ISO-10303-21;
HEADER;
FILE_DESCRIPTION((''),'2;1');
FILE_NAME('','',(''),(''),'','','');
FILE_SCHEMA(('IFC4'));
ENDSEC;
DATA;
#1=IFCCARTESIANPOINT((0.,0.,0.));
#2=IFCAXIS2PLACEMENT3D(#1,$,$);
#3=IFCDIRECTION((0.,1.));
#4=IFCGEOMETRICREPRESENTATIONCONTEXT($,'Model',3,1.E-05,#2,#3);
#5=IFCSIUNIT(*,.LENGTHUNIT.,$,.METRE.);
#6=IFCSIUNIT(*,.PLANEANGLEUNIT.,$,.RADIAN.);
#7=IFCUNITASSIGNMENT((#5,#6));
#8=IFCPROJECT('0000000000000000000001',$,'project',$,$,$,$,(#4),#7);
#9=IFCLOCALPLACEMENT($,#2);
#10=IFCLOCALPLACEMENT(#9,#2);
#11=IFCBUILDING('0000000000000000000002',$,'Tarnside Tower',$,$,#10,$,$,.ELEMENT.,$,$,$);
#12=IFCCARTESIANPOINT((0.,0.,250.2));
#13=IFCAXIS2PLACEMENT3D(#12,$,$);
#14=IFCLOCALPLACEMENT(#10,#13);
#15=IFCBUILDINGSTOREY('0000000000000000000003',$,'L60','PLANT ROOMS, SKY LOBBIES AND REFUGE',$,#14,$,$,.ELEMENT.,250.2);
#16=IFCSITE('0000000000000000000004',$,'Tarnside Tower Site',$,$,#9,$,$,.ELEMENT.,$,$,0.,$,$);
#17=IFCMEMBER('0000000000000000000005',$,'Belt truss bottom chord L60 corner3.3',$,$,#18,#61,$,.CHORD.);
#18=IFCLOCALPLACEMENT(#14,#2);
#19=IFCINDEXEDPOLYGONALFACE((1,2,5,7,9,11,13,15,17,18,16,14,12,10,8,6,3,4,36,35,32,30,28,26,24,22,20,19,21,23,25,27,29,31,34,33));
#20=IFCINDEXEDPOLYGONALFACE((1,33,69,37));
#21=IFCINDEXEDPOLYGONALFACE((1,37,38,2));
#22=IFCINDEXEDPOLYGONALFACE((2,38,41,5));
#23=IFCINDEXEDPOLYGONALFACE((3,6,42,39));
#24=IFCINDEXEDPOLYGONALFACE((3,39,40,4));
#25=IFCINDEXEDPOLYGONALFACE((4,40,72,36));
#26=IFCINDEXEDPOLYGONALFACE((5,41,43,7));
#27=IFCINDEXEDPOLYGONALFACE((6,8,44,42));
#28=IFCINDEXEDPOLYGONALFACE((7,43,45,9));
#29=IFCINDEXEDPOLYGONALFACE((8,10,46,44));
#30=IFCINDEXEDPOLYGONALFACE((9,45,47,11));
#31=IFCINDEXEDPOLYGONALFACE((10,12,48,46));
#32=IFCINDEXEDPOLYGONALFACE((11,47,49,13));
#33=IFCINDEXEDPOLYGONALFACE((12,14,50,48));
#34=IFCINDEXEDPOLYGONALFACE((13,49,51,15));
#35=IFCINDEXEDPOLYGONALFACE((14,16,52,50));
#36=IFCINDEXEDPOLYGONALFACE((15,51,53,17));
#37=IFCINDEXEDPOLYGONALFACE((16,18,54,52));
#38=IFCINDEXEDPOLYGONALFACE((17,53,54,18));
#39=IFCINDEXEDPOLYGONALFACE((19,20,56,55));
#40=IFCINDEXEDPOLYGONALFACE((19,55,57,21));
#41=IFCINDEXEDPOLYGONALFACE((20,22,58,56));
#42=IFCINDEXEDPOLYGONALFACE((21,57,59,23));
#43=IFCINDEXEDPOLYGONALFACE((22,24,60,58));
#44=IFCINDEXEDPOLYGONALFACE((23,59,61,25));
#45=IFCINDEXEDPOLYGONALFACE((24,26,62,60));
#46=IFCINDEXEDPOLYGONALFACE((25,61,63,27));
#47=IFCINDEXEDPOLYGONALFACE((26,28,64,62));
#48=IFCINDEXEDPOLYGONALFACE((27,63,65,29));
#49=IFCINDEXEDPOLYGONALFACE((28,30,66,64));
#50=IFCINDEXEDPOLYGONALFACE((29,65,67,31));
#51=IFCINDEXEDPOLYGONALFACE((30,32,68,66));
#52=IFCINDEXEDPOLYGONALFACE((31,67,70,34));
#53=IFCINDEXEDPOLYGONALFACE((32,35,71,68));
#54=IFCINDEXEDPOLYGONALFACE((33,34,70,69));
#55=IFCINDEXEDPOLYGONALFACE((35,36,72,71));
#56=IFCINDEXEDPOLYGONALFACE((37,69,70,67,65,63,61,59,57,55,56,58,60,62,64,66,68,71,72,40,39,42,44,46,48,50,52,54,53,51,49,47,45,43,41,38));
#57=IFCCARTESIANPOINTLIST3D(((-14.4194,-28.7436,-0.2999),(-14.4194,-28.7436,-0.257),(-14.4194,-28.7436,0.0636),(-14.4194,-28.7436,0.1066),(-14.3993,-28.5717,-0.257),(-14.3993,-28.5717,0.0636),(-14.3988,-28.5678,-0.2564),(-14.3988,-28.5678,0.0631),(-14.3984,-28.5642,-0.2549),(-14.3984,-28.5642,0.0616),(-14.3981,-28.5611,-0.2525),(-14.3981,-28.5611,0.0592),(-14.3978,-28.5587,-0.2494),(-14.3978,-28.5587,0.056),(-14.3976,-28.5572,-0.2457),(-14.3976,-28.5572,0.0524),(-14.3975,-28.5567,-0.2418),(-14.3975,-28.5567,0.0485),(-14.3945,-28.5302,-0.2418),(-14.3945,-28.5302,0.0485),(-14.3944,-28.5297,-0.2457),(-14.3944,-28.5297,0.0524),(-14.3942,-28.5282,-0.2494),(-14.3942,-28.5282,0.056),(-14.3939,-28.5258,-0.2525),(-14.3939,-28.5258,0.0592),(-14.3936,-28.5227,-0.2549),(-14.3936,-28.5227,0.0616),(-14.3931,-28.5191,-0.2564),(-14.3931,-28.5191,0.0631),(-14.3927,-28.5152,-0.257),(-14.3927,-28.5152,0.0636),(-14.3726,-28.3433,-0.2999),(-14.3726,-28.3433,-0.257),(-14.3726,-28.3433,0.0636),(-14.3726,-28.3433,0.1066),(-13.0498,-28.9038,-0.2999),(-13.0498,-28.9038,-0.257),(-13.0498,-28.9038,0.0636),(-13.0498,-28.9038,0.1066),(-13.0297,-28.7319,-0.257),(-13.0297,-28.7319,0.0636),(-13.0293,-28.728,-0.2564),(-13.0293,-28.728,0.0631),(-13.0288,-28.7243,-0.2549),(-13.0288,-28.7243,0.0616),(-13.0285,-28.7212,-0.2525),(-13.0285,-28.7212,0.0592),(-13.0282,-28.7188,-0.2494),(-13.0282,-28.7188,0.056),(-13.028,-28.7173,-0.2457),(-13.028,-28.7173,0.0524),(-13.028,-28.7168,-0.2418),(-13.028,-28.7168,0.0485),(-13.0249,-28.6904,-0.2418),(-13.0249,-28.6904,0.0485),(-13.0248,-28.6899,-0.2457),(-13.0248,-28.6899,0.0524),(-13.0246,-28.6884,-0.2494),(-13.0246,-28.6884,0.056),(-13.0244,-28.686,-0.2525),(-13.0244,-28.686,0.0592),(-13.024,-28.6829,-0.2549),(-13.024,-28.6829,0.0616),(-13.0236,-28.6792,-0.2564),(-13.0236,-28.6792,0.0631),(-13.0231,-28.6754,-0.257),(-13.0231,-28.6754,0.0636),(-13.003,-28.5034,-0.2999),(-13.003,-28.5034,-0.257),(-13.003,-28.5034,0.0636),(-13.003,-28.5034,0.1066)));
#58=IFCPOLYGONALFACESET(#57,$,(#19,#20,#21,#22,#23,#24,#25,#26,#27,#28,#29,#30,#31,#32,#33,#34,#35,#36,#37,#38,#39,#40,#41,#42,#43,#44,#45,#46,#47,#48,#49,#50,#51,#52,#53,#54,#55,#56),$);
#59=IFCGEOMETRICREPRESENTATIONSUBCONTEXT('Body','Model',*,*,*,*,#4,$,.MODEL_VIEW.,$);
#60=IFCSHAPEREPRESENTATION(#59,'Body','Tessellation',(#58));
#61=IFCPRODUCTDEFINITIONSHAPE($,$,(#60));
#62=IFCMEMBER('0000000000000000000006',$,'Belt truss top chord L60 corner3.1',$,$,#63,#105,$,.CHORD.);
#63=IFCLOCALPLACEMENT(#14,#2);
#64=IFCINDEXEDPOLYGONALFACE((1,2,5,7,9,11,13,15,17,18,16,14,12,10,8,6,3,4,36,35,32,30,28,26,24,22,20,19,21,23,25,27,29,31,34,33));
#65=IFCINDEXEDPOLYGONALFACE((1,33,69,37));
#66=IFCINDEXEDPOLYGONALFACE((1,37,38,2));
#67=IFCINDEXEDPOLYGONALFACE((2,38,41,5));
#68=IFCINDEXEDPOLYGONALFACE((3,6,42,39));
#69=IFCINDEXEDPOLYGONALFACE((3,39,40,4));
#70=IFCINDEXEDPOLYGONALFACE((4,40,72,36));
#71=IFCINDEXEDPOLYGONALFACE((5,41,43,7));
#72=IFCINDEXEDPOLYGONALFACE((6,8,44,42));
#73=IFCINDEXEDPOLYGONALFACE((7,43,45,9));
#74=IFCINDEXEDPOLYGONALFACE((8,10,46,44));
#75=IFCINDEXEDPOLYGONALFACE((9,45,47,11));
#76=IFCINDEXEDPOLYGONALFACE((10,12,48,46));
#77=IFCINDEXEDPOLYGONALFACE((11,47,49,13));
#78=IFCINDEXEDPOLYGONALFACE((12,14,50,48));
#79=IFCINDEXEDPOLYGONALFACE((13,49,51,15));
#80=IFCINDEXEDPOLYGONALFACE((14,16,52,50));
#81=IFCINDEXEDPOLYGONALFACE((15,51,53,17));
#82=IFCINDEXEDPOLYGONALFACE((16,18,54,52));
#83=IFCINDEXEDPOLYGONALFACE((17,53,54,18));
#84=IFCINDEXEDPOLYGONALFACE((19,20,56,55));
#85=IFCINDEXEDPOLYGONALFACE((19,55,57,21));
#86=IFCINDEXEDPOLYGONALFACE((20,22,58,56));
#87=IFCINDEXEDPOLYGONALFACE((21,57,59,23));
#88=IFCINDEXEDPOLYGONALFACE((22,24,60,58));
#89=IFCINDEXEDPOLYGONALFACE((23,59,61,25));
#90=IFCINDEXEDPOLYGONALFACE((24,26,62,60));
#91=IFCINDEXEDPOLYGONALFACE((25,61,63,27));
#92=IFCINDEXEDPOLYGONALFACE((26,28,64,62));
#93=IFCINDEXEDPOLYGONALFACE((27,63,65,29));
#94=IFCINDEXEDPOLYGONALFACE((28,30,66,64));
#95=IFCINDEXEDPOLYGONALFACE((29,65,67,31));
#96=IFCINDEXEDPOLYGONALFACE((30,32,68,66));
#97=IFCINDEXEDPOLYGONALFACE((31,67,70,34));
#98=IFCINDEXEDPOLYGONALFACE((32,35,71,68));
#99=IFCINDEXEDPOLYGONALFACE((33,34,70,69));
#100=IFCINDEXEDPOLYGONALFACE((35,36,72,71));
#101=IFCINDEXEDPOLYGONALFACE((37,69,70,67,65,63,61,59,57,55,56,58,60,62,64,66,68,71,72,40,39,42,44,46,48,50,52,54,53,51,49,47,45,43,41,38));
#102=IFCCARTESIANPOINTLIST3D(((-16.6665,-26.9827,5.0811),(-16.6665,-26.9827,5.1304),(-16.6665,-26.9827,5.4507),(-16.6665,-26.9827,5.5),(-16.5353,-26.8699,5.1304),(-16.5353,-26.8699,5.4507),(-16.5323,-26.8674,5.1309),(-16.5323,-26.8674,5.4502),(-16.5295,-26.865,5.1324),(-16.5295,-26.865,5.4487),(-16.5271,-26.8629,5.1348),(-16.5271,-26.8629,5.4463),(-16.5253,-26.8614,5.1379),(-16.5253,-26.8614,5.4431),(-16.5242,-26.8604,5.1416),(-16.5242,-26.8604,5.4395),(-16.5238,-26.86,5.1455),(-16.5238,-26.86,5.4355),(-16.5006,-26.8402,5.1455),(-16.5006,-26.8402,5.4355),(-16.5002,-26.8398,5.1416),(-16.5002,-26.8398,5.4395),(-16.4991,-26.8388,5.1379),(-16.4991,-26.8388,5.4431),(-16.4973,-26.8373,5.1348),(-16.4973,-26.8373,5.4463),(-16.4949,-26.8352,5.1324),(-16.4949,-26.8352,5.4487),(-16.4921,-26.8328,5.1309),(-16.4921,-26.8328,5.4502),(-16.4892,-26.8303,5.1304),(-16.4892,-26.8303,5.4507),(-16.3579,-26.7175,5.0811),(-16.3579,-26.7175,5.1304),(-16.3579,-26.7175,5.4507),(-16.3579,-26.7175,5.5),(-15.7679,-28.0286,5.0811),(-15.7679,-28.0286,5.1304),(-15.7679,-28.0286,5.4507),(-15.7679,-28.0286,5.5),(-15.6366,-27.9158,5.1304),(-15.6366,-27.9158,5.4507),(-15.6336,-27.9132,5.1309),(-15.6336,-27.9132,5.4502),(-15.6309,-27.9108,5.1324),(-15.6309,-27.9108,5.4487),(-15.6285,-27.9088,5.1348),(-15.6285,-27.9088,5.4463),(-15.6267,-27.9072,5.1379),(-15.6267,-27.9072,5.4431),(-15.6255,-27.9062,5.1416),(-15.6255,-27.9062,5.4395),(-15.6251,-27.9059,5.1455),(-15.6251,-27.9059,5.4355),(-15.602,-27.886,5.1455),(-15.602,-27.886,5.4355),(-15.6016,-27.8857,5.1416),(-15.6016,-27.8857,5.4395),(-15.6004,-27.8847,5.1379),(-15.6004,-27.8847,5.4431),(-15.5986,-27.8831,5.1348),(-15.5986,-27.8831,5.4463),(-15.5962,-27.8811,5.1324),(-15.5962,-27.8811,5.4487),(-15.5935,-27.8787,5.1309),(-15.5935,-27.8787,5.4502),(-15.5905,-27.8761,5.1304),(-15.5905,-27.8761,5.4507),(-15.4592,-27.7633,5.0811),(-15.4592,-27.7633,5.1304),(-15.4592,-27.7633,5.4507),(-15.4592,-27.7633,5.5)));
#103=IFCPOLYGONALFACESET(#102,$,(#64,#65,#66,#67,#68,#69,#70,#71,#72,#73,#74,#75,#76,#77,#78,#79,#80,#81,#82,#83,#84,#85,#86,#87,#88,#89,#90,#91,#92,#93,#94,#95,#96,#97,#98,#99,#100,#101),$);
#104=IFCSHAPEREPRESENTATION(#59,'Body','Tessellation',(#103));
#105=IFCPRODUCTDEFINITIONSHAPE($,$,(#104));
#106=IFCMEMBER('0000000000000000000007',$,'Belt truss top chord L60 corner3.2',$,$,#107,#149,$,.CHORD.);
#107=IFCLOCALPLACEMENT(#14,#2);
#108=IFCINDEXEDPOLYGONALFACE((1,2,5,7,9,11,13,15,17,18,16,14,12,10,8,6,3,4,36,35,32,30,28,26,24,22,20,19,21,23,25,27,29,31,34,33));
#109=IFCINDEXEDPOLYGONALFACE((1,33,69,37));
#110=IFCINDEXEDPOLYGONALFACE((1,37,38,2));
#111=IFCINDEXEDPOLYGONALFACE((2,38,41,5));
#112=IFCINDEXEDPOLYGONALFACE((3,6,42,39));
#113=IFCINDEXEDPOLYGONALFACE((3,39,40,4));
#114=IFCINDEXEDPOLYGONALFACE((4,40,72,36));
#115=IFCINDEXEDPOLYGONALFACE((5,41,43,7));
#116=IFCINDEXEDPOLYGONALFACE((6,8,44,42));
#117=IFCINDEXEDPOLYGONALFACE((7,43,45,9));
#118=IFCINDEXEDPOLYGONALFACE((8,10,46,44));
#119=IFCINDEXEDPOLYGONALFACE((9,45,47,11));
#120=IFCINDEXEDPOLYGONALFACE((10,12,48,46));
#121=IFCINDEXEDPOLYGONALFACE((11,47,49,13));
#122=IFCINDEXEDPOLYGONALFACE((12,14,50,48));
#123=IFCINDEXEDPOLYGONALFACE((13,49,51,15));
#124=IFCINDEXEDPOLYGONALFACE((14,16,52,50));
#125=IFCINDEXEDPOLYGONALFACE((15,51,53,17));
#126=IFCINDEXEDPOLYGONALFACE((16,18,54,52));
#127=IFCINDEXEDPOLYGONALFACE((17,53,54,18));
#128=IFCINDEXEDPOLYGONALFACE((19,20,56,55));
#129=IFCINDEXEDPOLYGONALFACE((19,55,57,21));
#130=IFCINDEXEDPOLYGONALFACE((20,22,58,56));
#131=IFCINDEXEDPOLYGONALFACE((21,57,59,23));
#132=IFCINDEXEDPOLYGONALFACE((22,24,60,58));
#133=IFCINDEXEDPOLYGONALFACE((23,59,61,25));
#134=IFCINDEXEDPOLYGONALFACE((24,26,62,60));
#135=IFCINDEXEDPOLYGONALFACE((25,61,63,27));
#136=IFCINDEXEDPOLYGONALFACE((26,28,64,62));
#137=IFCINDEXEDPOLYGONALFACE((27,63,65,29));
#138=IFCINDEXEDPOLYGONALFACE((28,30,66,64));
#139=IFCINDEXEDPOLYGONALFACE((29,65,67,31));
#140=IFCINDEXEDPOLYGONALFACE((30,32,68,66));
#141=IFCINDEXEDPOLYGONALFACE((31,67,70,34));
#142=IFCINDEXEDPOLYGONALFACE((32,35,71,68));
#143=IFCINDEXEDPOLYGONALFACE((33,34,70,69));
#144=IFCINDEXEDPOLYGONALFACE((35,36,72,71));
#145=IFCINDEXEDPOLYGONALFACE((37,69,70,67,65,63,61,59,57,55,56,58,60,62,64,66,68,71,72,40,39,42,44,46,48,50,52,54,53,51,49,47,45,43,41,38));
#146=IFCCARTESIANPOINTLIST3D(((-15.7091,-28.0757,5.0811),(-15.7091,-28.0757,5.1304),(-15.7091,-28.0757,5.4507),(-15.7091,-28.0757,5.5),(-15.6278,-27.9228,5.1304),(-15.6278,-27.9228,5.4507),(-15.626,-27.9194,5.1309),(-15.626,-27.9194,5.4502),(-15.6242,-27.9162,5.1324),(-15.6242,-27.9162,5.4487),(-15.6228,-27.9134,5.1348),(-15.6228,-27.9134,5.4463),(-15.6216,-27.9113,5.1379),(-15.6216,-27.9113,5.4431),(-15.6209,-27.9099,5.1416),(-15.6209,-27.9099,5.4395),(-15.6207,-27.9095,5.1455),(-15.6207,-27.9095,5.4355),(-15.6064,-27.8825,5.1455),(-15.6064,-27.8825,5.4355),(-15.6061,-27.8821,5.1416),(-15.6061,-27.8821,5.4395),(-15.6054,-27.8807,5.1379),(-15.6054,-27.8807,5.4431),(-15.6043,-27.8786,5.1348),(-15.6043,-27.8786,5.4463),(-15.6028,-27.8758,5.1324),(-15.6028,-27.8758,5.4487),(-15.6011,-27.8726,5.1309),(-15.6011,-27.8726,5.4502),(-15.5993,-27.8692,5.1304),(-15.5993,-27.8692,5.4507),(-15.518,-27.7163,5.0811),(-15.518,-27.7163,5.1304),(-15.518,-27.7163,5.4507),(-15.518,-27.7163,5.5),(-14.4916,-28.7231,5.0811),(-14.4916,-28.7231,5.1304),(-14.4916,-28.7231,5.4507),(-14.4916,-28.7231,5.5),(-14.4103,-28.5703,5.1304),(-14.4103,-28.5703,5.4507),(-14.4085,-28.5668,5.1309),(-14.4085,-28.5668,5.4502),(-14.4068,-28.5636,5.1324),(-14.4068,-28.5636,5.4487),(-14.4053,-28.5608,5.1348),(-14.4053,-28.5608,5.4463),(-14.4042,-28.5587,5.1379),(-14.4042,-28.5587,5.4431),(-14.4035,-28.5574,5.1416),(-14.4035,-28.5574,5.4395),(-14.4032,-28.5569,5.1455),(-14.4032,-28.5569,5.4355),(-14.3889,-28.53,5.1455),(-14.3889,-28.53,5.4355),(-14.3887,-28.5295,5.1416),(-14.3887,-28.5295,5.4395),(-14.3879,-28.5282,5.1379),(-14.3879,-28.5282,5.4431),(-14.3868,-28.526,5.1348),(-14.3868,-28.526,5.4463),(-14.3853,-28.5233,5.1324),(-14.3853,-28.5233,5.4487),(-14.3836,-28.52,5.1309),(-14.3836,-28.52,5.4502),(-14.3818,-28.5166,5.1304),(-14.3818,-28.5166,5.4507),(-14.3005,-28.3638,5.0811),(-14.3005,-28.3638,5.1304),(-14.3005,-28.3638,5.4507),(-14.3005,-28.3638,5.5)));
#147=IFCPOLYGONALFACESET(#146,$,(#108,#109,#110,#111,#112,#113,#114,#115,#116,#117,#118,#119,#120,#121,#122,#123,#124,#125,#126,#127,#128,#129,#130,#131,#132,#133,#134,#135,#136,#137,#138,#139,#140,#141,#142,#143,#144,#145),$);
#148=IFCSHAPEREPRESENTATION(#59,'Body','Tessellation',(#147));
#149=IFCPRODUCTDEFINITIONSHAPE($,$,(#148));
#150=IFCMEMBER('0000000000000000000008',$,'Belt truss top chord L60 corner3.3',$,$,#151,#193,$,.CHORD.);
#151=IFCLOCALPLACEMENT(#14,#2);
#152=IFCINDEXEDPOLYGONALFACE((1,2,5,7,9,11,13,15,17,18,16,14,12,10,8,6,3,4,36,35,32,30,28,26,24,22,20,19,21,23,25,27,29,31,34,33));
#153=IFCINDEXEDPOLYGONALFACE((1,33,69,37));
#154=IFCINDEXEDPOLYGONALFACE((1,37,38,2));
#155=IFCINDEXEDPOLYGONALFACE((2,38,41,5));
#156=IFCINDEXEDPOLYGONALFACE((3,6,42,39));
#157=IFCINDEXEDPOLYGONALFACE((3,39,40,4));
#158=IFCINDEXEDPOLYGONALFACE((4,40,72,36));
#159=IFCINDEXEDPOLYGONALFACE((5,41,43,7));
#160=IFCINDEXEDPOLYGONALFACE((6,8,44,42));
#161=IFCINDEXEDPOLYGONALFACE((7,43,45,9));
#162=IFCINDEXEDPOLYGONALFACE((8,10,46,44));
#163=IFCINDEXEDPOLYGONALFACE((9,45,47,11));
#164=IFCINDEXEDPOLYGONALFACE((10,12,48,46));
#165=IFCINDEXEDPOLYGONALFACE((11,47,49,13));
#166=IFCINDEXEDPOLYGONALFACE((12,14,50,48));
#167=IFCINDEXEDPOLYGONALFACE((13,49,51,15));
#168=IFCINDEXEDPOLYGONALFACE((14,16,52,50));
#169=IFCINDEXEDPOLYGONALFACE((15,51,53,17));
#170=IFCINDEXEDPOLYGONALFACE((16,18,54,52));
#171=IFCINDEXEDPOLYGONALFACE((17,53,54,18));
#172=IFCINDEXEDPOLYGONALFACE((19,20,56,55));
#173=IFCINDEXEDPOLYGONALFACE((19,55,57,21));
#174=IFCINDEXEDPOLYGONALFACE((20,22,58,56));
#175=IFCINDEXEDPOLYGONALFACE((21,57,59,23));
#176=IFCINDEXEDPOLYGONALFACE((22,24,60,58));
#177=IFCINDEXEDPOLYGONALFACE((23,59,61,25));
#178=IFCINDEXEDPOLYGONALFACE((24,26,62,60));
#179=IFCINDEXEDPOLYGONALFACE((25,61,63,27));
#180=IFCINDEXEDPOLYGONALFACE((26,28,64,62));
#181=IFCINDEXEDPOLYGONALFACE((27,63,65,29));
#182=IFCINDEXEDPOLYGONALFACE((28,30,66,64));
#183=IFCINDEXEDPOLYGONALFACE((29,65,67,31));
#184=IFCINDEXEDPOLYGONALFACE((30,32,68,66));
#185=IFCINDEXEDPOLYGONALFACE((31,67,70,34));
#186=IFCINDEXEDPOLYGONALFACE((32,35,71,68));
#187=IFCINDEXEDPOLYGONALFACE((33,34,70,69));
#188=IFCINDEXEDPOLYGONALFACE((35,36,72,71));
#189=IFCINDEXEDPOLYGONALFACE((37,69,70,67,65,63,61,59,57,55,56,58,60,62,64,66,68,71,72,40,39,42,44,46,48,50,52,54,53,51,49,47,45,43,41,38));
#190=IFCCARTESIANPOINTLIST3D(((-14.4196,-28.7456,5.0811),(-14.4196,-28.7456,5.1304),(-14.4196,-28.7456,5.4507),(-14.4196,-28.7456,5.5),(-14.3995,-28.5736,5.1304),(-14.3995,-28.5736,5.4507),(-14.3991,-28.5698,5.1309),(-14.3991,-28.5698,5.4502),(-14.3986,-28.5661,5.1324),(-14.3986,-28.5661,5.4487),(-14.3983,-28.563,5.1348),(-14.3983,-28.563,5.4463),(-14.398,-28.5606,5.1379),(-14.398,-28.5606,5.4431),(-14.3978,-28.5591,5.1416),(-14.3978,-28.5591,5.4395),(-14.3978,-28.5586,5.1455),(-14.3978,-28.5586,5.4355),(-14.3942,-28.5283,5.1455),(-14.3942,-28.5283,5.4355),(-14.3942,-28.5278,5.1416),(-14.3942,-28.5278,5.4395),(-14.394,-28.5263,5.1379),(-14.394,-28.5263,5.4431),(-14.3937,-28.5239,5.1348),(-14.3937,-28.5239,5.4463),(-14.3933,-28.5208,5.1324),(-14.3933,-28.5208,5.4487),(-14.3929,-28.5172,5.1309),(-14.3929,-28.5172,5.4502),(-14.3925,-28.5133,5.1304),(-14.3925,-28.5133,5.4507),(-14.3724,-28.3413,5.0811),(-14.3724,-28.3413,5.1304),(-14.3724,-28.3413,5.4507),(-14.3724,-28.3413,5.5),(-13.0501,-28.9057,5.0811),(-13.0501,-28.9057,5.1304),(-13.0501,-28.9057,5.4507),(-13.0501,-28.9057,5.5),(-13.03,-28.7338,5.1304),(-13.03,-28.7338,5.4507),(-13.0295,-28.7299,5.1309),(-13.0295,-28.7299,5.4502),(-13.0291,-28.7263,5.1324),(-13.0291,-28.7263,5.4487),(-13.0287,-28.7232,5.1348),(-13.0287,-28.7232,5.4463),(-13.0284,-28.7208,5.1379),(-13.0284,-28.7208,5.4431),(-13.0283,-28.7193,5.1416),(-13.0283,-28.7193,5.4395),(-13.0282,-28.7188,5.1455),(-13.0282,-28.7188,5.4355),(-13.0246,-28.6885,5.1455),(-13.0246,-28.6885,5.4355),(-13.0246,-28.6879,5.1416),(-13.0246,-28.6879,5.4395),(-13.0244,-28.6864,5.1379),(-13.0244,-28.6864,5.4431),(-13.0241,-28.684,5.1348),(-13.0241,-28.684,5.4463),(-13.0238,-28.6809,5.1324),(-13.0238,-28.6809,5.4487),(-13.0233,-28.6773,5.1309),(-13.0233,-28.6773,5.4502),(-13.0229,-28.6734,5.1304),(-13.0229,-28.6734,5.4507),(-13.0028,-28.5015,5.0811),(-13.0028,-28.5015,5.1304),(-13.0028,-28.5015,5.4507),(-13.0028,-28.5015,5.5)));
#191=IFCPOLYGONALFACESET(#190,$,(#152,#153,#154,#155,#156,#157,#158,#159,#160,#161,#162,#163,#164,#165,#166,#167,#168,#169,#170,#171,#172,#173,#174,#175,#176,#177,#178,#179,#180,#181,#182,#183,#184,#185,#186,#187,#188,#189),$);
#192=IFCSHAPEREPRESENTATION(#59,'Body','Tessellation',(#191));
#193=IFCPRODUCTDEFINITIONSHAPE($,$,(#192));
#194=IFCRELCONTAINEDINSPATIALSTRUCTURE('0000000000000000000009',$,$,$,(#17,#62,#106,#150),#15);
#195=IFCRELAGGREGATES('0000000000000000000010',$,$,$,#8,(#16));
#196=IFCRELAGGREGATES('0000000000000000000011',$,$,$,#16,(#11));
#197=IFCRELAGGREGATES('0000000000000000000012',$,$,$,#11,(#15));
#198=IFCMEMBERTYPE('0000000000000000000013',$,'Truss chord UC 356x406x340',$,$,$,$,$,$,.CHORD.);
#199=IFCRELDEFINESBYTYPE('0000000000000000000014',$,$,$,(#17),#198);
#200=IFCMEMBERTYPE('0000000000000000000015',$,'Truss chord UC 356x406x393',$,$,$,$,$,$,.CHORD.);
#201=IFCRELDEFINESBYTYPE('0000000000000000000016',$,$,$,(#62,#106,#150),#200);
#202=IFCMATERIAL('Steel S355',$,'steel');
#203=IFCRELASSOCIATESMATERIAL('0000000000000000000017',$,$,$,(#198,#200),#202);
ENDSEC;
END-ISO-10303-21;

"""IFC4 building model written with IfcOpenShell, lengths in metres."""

from ifc_helpers import new_model, si_unit, direction, frame, origin, origin_2d, place, context, subcontext, project, spatial, i_section, extrude, material, material_profile, profile_set, type_object, element, save


model = new_model("IFC4")

# Units and contexts
model_context = context("Model", 3, precision=1e-05, world=origin(), true_north=direction((0.0, 1.0)))
body_context = subcontext(model_context, "Body", "Model", "MODEL_VIEW")
ifc_project = project(units=[si_unit("LENGTHUNIT", "METRE"), si_unit("PLANEANGLEUNIT", "RADIAN")], contexts=[model_context])

# Site, building, storey
site_placement = place(None, origin())
site = spatial("IfcSite", under=ifc_project, at=site_placement, Name="Tarnside Tower Site", CompositionType="ELEMENT", RefElevation=0.0)
building_placement = place(site_placement, origin())
building = spatial("IfcBuilding", under=site, at=building_placement, Name="Tarnside Tower", CompositionType="ELEMENT")
storey_placement = place(building_placement, frame((0.0, 0.0, 250.2)))
storey = spatial("IfcBuildingStorey", under=building, at=storey_placement, Name="L60", Description="PLANT ROOMS, SKY LOBBIES AND REFUGE", CompositionType="ELEMENT", Elevation=250.2)

# Shared definitions
ifc_material_1 = material(Name="Steel S355", Category="steel")

# Members
ifc_material_profile_1 = material_profile(ifc_material_1, i_section(OverallWidth=0.4031, OverallDepth=0.4065, WebThickness=0.0266, FlangeThickness=0.043, FilletRadius=0.0151, at=origin_2d()), Name="UC 356x406x340")
ifc_profile_set_1 = profile_set([ifc_material_profile_1], Name="Steel S355")
member_type_1 = type_object("IfcMemberType", Name="Truss chord UC 356x406x340", PredefinedType="CHORD", material=ifc_profile_set_1)
for number, where, z_axis, x_axis, name in (
    (1, (-14.396, -28.5435, -0.0967), (0.993233, -0.116143, 0.0), (0.116143, 0.993233, 0.0), "Belt truss bottom chord L60 corner3.3"),
):
    element("IfcMember", number, at=place(storey_placement, frame(where, z_axis=z_axis, x_axis=x_axis)), inside=storey, type_object=member_type_1, Name=name, PredefinedType="CHORD", context=body_context, shape_type="SweptSolid", body=[
        extrude(i_section(OverallWidth=0.4031, OverallDepth=0.4065, WebThickness=0.0266, FlangeThickness=0.043, FilletRadius=0.0151, at=origin_2d()), origin(), (0.0, 0.0, 1.0), 1.3789),
    ])
ifc_material_profile_2 = material_profile(ifc_material_1, i_section(OverallWidth=0.407, OverallDepth=0.4189, WebThickness=0.0305, FlangeThickness=0.0493, FilletRadius=0.0151, at=origin_2d()), Name="UC 356x406x393")
ifc_profile_set_2 = profile_set([ifc_material_profile_2], Name="Steel S355")
member_type_2 = type_object("IfcMemberType", Name="Truss chord UC 356x406x393", PredefinedType="CHORD", material=ifc_profile_set_2)
for number, where, z_axis, x_axis, name in (
    (2, (-16.5122, -26.8501, 5.2905), (0.651709, -0.758469, 0.0), (0.758469, 0.651709, 0.0), "Belt truss top chord L60 corner3.1"),
    (3, (-15.6135, -27.896, 5.2905), (0.882921, -0.469522, 0.0), (0.469522, 0.882921, 0.0), "Belt truss top chord L60 corner3.2"),
    (4, (-14.396, -28.5435, 5.2905), (0.993233, -0.116143, 0.0), (0.116143, 0.993233, 0.0), "Belt truss top chord L60 corner3.3"),
):
    element("IfcMember", number, at=place(storey_placement, frame(where, z_axis=z_axis, x_axis=x_axis)), inside=storey, type_object=member_type_2, Name=name, PredefinedType="CHORD", context=body_context, shape_type="SweptSolid", body=[
        extrude(i_section(OverallWidth=0.407, OverallDepth=0.4189, WebThickness=0.0305, FlangeThickness=0.0493, FilletRadius=0.0151, at=origin_2d()), origin(), (0.0, 0.0, 1.0), 1.3789),
    ])

save(model, "model.ifc")
